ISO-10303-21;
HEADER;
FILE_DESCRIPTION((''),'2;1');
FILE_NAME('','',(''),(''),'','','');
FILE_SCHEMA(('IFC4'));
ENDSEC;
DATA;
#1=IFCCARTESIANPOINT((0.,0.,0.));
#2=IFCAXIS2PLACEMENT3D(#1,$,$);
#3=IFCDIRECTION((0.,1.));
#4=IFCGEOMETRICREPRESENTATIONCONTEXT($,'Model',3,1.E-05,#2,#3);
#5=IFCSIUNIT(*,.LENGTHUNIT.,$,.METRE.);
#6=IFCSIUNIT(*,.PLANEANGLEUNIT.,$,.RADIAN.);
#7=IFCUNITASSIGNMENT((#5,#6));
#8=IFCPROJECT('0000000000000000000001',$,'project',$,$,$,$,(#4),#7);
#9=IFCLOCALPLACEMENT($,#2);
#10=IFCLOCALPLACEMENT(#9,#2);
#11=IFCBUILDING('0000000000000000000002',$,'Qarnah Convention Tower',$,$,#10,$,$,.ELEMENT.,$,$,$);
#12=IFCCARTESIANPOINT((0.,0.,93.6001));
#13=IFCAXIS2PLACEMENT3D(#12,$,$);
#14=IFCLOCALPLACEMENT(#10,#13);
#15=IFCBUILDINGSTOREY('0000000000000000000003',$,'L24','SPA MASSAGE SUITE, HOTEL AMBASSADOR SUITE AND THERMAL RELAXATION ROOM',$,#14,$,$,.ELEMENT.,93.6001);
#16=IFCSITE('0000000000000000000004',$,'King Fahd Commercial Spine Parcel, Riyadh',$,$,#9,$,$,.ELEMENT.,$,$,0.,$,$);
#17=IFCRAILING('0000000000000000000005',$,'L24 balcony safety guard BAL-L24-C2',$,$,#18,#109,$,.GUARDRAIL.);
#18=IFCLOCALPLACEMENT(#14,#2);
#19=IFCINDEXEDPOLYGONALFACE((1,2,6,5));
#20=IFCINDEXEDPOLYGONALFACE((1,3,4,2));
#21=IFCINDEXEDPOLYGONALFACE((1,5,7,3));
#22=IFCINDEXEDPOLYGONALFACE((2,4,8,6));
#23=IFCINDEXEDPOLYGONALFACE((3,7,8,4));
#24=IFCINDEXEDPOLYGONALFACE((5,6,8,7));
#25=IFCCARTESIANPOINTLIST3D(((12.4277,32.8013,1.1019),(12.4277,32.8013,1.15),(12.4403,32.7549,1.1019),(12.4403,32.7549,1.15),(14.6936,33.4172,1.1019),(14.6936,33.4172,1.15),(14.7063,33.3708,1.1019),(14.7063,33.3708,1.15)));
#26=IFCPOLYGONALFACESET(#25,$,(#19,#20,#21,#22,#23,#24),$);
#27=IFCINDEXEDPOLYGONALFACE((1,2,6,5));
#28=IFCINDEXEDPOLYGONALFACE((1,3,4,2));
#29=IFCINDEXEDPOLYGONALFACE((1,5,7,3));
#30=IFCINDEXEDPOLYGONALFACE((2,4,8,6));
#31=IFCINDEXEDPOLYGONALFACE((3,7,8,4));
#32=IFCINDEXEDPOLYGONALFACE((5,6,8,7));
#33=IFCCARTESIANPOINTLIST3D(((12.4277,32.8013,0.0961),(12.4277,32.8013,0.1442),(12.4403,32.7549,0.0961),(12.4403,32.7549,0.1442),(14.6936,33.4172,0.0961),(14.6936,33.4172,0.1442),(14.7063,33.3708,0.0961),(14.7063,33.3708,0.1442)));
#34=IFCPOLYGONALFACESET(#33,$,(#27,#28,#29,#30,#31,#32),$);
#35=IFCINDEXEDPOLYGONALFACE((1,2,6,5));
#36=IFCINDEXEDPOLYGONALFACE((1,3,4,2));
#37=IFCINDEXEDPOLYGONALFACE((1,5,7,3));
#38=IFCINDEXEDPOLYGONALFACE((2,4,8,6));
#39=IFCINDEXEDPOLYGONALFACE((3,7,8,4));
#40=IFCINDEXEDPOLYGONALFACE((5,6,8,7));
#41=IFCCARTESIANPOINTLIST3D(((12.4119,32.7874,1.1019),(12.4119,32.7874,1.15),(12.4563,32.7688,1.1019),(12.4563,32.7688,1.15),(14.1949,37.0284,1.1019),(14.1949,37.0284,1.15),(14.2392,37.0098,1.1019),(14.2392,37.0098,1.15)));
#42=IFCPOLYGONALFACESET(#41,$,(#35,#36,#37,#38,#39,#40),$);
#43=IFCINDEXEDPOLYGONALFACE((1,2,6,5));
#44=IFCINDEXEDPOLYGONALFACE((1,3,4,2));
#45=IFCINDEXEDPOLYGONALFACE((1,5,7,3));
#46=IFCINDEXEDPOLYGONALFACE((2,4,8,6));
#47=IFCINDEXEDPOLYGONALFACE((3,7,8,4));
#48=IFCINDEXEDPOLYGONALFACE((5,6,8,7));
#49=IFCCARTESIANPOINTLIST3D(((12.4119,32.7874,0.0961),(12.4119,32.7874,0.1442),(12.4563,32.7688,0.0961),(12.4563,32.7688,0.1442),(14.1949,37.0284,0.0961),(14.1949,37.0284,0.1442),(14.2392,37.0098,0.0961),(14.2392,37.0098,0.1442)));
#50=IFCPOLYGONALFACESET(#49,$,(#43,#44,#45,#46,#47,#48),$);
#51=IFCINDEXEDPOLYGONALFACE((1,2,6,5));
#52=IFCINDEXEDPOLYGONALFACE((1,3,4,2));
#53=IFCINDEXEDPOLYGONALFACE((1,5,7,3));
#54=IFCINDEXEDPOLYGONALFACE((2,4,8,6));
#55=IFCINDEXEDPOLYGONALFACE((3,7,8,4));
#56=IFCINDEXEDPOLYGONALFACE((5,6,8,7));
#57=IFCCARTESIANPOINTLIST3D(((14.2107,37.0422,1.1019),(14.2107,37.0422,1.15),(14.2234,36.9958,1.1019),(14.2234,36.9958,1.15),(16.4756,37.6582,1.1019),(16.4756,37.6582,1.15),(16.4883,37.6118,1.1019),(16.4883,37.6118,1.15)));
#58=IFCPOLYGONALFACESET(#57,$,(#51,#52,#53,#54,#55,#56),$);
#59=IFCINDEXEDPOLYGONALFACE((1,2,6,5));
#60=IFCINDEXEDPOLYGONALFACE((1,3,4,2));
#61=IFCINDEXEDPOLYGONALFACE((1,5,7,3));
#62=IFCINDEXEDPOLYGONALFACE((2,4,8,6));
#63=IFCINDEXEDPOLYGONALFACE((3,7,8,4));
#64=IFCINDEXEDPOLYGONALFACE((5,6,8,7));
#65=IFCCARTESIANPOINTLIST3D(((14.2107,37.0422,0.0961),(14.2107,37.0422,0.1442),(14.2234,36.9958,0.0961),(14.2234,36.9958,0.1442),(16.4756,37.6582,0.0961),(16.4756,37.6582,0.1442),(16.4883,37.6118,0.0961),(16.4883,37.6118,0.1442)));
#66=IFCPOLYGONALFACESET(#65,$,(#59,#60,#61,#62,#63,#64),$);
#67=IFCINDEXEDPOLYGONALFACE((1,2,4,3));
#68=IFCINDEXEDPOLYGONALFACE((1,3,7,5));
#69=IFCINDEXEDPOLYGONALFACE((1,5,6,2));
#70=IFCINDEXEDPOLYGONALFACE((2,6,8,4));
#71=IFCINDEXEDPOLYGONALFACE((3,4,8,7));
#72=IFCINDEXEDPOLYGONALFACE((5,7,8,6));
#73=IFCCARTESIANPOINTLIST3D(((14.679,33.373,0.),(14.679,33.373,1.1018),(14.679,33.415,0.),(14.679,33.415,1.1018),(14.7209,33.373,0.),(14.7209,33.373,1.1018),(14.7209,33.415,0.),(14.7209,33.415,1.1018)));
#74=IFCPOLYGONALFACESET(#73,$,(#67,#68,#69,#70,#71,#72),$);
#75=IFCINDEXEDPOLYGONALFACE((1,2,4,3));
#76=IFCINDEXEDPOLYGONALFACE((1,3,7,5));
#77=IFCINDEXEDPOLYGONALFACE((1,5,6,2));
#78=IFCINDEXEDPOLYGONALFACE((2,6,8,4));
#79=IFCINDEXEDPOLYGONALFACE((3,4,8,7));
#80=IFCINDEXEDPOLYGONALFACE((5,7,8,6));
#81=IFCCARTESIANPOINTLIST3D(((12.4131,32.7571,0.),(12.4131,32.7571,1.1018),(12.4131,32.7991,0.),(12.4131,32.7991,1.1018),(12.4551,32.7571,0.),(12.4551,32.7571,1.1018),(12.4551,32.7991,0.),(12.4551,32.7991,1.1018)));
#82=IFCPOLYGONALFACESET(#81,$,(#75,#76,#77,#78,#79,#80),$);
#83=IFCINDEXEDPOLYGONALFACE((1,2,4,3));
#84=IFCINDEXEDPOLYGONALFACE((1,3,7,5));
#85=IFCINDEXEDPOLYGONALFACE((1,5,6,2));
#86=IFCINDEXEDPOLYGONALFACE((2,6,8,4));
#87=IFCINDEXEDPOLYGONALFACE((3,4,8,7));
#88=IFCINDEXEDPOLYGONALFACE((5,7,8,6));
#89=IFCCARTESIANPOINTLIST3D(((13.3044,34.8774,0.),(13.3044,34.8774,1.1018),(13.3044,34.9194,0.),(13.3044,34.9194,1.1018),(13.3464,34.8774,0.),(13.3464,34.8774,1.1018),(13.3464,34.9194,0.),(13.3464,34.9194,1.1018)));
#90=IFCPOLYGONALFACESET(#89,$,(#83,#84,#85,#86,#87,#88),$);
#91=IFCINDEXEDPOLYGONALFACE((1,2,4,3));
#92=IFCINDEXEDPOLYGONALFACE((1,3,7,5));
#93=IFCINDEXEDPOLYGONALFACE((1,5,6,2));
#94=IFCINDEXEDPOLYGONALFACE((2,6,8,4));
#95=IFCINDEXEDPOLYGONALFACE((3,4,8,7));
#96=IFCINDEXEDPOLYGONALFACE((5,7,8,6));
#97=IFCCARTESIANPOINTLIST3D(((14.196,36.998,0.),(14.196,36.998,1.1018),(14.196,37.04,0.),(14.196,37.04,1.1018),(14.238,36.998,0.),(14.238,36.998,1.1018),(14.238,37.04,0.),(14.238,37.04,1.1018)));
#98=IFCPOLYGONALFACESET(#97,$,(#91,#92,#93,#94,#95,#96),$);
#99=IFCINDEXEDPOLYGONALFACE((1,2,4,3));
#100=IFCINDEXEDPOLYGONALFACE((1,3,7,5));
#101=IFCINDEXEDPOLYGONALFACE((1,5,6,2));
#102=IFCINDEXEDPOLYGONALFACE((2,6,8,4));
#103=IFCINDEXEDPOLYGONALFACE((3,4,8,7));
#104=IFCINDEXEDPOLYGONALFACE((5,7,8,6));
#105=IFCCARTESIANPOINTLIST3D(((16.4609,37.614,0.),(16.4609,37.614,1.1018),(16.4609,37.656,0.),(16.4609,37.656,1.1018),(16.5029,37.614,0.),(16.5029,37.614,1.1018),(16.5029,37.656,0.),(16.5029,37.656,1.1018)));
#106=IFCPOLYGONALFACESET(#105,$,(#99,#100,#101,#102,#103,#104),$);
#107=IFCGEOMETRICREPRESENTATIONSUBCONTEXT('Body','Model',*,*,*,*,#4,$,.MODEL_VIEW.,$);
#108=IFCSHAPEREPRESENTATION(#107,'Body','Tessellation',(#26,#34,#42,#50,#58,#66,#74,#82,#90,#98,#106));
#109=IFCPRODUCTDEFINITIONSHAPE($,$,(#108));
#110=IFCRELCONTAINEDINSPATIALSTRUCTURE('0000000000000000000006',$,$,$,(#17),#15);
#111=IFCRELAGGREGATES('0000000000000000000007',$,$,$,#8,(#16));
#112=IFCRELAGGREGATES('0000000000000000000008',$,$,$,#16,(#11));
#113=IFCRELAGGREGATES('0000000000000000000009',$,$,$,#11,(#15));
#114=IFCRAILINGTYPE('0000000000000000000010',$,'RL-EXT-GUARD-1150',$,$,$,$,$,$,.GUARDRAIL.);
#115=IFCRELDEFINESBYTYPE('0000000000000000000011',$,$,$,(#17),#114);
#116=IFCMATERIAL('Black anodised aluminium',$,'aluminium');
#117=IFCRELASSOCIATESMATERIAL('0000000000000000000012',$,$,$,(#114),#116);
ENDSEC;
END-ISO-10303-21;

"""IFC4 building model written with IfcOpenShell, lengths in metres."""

from ifc_helpers import new_model, si_unit, direction, frame, origin, origin_2d, place, context, subcontext, project, spatial, rectangle, extrude, material, type_object, element, save


model = new_model("IFC4")

# Units and contexts
model_context = context("Model", 3, precision=1e-05, world=origin(), true_north=direction((0.0, 1.0)))
body_context = subcontext(model_context, "Body", "Model", "MODEL_VIEW")
ifc_project = project(units=[si_unit("LENGTHUNIT", "METRE"), si_unit("PLANEANGLEUNIT", "RADIAN")], contexts=[model_context])

# Site, building, storey
site_placement = place(None, origin())
site = spatial("IfcSite", under=ifc_project, at=site_placement, Name="King Fahd Commercial Spine Parcel, Riyadh", CompositionType="ELEMENT", RefElevation=0.0)
building_placement = place(site_placement, origin())
building = spatial("IfcBuilding", under=site, at=building_placement, Name="Qarnah Convention Tower", CompositionType="ELEMENT")
storey_placement = place(building_placement, frame((0.0, 0.0, 93.6001)))
storey = spatial("IfcBuildingStorey", under=building, at=storey_placement, Name="L24", Description="SPA MASSAGE SUITE, HOTEL AMBASSADOR SUITE AND THERMAL RELAXATION ROOM", CompositionType="ELEMENT", Elevation=93.6001)

# Shared definitions
ifc_material_1 = material(Name="Black anodised aluminium", Category="aluminium")

# Railing
railing_type = type_object("IfcRailingType", Name="RL-EXT-GUARD-1150", PredefinedType="GUARDRAIL", material=ifc_material_1)
railing_1_placement = place(storey_placement, frame((14.7, 33.394, 0.0)))
element("IfcRailing", 1, at=railing_1_placement, inside=storey, type_object=railing_type, Name="L24 balcony safety guard BAL-L24-C2", PredefinedType="GUARDRAIL", context=body_context, shape_type="SweptSolid", body=[
    extrude(rectangle(XDim=0.0481, YDim=0.0481, at=origin_2d()), frame((0.0, 0.0, 1.126), z_axis=(-0.964979, -0.262326, 0.0), x_axis=(0.262326, -0.964979, 0.0)), (0.0, 0.0, 1.0), 2.3481),
    extrude(rectangle(XDim=0.0481, YDim=0.0481, at=origin_2d()), frame((0.0, 0.0, 0.1201), z_axis=(-0.964979, -0.262326, 0.0), x_axis=(0.262326, -0.964979, 0.0)), (0.0, 0.0, 1.0), 2.3481),
    extrude(rectangle(XDim=0.0481, YDim=0.0481, at=origin_2d()), frame((-2.2659, -0.616, 1.126), z_axis=(0.387556, 0.921846, 0.0), x_axis=(-0.921846, 0.387556, 0.0)), (0.0, 0.0, 1.0), 4.6006),
    extrude(rectangle(XDim=0.0481, YDim=0.0481, at=origin_2d()), frame((-2.2659, -0.616, 0.1201), z_axis=(0.387556, 0.921846, 0.0), x_axis=(-0.921846, 0.387556, 0.0)), (0.0, 0.0, 1.0), 4.6006),
    extrude(rectangle(XDim=0.0481, YDim=0.0481, at=origin_2d()), frame((-0.4829, 3.625, 1.126), z_axis=(0.964951, 0.262431, 0.0), x_axis=(-0.262431, 0.964951, 0.0)), (0.0, 0.0, 1.0), 2.3472),
    extrude(rectangle(XDim=0.0481, YDim=0.0481, at=origin_2d()), frame((-0.4829, 3.625, 0.1201), z_axis=(0.964951, 0.262431, 0.0), x_axis=(-0.262431, 0.964951, 0.0)), (0.0, 0.0, 1.0), 2.3472),
    extrude(rectangle(XDim=0.042, YDim=0.042, at=origin_2d()), origin(), (0.0, 0.0, 1.0), 1.1018),
    extrude(rectangle(XDim=0.042, YDim=0.042, at=origin_2d()), frame((-2.2659, -0.616, 0.0)), (0.0, 0.0, 1.0), 1.1018),
    extrude(rectangle(XDim=0.042, YDim=0.042, at=origin_2d()), frame((-1.3745, 1.5044, 0.0)), (0.0, 0.0, 1.0), 1.1018),
    extrude(rectangle(XDim=0.042, YDim=0.042, at=origin_2d()), frame((-0.4829, 3.625, 0.0)), (0.0, 0.0, 1.0), 1.1018),
    extrude(rectangle(XDim=0.042, YDim=0.042, at=origin_2d()), frame((1.782, 4.241, 0.0)), (0.0, 0.0, 1.0), 1.1018),
])

save(model, "model.ifc")
